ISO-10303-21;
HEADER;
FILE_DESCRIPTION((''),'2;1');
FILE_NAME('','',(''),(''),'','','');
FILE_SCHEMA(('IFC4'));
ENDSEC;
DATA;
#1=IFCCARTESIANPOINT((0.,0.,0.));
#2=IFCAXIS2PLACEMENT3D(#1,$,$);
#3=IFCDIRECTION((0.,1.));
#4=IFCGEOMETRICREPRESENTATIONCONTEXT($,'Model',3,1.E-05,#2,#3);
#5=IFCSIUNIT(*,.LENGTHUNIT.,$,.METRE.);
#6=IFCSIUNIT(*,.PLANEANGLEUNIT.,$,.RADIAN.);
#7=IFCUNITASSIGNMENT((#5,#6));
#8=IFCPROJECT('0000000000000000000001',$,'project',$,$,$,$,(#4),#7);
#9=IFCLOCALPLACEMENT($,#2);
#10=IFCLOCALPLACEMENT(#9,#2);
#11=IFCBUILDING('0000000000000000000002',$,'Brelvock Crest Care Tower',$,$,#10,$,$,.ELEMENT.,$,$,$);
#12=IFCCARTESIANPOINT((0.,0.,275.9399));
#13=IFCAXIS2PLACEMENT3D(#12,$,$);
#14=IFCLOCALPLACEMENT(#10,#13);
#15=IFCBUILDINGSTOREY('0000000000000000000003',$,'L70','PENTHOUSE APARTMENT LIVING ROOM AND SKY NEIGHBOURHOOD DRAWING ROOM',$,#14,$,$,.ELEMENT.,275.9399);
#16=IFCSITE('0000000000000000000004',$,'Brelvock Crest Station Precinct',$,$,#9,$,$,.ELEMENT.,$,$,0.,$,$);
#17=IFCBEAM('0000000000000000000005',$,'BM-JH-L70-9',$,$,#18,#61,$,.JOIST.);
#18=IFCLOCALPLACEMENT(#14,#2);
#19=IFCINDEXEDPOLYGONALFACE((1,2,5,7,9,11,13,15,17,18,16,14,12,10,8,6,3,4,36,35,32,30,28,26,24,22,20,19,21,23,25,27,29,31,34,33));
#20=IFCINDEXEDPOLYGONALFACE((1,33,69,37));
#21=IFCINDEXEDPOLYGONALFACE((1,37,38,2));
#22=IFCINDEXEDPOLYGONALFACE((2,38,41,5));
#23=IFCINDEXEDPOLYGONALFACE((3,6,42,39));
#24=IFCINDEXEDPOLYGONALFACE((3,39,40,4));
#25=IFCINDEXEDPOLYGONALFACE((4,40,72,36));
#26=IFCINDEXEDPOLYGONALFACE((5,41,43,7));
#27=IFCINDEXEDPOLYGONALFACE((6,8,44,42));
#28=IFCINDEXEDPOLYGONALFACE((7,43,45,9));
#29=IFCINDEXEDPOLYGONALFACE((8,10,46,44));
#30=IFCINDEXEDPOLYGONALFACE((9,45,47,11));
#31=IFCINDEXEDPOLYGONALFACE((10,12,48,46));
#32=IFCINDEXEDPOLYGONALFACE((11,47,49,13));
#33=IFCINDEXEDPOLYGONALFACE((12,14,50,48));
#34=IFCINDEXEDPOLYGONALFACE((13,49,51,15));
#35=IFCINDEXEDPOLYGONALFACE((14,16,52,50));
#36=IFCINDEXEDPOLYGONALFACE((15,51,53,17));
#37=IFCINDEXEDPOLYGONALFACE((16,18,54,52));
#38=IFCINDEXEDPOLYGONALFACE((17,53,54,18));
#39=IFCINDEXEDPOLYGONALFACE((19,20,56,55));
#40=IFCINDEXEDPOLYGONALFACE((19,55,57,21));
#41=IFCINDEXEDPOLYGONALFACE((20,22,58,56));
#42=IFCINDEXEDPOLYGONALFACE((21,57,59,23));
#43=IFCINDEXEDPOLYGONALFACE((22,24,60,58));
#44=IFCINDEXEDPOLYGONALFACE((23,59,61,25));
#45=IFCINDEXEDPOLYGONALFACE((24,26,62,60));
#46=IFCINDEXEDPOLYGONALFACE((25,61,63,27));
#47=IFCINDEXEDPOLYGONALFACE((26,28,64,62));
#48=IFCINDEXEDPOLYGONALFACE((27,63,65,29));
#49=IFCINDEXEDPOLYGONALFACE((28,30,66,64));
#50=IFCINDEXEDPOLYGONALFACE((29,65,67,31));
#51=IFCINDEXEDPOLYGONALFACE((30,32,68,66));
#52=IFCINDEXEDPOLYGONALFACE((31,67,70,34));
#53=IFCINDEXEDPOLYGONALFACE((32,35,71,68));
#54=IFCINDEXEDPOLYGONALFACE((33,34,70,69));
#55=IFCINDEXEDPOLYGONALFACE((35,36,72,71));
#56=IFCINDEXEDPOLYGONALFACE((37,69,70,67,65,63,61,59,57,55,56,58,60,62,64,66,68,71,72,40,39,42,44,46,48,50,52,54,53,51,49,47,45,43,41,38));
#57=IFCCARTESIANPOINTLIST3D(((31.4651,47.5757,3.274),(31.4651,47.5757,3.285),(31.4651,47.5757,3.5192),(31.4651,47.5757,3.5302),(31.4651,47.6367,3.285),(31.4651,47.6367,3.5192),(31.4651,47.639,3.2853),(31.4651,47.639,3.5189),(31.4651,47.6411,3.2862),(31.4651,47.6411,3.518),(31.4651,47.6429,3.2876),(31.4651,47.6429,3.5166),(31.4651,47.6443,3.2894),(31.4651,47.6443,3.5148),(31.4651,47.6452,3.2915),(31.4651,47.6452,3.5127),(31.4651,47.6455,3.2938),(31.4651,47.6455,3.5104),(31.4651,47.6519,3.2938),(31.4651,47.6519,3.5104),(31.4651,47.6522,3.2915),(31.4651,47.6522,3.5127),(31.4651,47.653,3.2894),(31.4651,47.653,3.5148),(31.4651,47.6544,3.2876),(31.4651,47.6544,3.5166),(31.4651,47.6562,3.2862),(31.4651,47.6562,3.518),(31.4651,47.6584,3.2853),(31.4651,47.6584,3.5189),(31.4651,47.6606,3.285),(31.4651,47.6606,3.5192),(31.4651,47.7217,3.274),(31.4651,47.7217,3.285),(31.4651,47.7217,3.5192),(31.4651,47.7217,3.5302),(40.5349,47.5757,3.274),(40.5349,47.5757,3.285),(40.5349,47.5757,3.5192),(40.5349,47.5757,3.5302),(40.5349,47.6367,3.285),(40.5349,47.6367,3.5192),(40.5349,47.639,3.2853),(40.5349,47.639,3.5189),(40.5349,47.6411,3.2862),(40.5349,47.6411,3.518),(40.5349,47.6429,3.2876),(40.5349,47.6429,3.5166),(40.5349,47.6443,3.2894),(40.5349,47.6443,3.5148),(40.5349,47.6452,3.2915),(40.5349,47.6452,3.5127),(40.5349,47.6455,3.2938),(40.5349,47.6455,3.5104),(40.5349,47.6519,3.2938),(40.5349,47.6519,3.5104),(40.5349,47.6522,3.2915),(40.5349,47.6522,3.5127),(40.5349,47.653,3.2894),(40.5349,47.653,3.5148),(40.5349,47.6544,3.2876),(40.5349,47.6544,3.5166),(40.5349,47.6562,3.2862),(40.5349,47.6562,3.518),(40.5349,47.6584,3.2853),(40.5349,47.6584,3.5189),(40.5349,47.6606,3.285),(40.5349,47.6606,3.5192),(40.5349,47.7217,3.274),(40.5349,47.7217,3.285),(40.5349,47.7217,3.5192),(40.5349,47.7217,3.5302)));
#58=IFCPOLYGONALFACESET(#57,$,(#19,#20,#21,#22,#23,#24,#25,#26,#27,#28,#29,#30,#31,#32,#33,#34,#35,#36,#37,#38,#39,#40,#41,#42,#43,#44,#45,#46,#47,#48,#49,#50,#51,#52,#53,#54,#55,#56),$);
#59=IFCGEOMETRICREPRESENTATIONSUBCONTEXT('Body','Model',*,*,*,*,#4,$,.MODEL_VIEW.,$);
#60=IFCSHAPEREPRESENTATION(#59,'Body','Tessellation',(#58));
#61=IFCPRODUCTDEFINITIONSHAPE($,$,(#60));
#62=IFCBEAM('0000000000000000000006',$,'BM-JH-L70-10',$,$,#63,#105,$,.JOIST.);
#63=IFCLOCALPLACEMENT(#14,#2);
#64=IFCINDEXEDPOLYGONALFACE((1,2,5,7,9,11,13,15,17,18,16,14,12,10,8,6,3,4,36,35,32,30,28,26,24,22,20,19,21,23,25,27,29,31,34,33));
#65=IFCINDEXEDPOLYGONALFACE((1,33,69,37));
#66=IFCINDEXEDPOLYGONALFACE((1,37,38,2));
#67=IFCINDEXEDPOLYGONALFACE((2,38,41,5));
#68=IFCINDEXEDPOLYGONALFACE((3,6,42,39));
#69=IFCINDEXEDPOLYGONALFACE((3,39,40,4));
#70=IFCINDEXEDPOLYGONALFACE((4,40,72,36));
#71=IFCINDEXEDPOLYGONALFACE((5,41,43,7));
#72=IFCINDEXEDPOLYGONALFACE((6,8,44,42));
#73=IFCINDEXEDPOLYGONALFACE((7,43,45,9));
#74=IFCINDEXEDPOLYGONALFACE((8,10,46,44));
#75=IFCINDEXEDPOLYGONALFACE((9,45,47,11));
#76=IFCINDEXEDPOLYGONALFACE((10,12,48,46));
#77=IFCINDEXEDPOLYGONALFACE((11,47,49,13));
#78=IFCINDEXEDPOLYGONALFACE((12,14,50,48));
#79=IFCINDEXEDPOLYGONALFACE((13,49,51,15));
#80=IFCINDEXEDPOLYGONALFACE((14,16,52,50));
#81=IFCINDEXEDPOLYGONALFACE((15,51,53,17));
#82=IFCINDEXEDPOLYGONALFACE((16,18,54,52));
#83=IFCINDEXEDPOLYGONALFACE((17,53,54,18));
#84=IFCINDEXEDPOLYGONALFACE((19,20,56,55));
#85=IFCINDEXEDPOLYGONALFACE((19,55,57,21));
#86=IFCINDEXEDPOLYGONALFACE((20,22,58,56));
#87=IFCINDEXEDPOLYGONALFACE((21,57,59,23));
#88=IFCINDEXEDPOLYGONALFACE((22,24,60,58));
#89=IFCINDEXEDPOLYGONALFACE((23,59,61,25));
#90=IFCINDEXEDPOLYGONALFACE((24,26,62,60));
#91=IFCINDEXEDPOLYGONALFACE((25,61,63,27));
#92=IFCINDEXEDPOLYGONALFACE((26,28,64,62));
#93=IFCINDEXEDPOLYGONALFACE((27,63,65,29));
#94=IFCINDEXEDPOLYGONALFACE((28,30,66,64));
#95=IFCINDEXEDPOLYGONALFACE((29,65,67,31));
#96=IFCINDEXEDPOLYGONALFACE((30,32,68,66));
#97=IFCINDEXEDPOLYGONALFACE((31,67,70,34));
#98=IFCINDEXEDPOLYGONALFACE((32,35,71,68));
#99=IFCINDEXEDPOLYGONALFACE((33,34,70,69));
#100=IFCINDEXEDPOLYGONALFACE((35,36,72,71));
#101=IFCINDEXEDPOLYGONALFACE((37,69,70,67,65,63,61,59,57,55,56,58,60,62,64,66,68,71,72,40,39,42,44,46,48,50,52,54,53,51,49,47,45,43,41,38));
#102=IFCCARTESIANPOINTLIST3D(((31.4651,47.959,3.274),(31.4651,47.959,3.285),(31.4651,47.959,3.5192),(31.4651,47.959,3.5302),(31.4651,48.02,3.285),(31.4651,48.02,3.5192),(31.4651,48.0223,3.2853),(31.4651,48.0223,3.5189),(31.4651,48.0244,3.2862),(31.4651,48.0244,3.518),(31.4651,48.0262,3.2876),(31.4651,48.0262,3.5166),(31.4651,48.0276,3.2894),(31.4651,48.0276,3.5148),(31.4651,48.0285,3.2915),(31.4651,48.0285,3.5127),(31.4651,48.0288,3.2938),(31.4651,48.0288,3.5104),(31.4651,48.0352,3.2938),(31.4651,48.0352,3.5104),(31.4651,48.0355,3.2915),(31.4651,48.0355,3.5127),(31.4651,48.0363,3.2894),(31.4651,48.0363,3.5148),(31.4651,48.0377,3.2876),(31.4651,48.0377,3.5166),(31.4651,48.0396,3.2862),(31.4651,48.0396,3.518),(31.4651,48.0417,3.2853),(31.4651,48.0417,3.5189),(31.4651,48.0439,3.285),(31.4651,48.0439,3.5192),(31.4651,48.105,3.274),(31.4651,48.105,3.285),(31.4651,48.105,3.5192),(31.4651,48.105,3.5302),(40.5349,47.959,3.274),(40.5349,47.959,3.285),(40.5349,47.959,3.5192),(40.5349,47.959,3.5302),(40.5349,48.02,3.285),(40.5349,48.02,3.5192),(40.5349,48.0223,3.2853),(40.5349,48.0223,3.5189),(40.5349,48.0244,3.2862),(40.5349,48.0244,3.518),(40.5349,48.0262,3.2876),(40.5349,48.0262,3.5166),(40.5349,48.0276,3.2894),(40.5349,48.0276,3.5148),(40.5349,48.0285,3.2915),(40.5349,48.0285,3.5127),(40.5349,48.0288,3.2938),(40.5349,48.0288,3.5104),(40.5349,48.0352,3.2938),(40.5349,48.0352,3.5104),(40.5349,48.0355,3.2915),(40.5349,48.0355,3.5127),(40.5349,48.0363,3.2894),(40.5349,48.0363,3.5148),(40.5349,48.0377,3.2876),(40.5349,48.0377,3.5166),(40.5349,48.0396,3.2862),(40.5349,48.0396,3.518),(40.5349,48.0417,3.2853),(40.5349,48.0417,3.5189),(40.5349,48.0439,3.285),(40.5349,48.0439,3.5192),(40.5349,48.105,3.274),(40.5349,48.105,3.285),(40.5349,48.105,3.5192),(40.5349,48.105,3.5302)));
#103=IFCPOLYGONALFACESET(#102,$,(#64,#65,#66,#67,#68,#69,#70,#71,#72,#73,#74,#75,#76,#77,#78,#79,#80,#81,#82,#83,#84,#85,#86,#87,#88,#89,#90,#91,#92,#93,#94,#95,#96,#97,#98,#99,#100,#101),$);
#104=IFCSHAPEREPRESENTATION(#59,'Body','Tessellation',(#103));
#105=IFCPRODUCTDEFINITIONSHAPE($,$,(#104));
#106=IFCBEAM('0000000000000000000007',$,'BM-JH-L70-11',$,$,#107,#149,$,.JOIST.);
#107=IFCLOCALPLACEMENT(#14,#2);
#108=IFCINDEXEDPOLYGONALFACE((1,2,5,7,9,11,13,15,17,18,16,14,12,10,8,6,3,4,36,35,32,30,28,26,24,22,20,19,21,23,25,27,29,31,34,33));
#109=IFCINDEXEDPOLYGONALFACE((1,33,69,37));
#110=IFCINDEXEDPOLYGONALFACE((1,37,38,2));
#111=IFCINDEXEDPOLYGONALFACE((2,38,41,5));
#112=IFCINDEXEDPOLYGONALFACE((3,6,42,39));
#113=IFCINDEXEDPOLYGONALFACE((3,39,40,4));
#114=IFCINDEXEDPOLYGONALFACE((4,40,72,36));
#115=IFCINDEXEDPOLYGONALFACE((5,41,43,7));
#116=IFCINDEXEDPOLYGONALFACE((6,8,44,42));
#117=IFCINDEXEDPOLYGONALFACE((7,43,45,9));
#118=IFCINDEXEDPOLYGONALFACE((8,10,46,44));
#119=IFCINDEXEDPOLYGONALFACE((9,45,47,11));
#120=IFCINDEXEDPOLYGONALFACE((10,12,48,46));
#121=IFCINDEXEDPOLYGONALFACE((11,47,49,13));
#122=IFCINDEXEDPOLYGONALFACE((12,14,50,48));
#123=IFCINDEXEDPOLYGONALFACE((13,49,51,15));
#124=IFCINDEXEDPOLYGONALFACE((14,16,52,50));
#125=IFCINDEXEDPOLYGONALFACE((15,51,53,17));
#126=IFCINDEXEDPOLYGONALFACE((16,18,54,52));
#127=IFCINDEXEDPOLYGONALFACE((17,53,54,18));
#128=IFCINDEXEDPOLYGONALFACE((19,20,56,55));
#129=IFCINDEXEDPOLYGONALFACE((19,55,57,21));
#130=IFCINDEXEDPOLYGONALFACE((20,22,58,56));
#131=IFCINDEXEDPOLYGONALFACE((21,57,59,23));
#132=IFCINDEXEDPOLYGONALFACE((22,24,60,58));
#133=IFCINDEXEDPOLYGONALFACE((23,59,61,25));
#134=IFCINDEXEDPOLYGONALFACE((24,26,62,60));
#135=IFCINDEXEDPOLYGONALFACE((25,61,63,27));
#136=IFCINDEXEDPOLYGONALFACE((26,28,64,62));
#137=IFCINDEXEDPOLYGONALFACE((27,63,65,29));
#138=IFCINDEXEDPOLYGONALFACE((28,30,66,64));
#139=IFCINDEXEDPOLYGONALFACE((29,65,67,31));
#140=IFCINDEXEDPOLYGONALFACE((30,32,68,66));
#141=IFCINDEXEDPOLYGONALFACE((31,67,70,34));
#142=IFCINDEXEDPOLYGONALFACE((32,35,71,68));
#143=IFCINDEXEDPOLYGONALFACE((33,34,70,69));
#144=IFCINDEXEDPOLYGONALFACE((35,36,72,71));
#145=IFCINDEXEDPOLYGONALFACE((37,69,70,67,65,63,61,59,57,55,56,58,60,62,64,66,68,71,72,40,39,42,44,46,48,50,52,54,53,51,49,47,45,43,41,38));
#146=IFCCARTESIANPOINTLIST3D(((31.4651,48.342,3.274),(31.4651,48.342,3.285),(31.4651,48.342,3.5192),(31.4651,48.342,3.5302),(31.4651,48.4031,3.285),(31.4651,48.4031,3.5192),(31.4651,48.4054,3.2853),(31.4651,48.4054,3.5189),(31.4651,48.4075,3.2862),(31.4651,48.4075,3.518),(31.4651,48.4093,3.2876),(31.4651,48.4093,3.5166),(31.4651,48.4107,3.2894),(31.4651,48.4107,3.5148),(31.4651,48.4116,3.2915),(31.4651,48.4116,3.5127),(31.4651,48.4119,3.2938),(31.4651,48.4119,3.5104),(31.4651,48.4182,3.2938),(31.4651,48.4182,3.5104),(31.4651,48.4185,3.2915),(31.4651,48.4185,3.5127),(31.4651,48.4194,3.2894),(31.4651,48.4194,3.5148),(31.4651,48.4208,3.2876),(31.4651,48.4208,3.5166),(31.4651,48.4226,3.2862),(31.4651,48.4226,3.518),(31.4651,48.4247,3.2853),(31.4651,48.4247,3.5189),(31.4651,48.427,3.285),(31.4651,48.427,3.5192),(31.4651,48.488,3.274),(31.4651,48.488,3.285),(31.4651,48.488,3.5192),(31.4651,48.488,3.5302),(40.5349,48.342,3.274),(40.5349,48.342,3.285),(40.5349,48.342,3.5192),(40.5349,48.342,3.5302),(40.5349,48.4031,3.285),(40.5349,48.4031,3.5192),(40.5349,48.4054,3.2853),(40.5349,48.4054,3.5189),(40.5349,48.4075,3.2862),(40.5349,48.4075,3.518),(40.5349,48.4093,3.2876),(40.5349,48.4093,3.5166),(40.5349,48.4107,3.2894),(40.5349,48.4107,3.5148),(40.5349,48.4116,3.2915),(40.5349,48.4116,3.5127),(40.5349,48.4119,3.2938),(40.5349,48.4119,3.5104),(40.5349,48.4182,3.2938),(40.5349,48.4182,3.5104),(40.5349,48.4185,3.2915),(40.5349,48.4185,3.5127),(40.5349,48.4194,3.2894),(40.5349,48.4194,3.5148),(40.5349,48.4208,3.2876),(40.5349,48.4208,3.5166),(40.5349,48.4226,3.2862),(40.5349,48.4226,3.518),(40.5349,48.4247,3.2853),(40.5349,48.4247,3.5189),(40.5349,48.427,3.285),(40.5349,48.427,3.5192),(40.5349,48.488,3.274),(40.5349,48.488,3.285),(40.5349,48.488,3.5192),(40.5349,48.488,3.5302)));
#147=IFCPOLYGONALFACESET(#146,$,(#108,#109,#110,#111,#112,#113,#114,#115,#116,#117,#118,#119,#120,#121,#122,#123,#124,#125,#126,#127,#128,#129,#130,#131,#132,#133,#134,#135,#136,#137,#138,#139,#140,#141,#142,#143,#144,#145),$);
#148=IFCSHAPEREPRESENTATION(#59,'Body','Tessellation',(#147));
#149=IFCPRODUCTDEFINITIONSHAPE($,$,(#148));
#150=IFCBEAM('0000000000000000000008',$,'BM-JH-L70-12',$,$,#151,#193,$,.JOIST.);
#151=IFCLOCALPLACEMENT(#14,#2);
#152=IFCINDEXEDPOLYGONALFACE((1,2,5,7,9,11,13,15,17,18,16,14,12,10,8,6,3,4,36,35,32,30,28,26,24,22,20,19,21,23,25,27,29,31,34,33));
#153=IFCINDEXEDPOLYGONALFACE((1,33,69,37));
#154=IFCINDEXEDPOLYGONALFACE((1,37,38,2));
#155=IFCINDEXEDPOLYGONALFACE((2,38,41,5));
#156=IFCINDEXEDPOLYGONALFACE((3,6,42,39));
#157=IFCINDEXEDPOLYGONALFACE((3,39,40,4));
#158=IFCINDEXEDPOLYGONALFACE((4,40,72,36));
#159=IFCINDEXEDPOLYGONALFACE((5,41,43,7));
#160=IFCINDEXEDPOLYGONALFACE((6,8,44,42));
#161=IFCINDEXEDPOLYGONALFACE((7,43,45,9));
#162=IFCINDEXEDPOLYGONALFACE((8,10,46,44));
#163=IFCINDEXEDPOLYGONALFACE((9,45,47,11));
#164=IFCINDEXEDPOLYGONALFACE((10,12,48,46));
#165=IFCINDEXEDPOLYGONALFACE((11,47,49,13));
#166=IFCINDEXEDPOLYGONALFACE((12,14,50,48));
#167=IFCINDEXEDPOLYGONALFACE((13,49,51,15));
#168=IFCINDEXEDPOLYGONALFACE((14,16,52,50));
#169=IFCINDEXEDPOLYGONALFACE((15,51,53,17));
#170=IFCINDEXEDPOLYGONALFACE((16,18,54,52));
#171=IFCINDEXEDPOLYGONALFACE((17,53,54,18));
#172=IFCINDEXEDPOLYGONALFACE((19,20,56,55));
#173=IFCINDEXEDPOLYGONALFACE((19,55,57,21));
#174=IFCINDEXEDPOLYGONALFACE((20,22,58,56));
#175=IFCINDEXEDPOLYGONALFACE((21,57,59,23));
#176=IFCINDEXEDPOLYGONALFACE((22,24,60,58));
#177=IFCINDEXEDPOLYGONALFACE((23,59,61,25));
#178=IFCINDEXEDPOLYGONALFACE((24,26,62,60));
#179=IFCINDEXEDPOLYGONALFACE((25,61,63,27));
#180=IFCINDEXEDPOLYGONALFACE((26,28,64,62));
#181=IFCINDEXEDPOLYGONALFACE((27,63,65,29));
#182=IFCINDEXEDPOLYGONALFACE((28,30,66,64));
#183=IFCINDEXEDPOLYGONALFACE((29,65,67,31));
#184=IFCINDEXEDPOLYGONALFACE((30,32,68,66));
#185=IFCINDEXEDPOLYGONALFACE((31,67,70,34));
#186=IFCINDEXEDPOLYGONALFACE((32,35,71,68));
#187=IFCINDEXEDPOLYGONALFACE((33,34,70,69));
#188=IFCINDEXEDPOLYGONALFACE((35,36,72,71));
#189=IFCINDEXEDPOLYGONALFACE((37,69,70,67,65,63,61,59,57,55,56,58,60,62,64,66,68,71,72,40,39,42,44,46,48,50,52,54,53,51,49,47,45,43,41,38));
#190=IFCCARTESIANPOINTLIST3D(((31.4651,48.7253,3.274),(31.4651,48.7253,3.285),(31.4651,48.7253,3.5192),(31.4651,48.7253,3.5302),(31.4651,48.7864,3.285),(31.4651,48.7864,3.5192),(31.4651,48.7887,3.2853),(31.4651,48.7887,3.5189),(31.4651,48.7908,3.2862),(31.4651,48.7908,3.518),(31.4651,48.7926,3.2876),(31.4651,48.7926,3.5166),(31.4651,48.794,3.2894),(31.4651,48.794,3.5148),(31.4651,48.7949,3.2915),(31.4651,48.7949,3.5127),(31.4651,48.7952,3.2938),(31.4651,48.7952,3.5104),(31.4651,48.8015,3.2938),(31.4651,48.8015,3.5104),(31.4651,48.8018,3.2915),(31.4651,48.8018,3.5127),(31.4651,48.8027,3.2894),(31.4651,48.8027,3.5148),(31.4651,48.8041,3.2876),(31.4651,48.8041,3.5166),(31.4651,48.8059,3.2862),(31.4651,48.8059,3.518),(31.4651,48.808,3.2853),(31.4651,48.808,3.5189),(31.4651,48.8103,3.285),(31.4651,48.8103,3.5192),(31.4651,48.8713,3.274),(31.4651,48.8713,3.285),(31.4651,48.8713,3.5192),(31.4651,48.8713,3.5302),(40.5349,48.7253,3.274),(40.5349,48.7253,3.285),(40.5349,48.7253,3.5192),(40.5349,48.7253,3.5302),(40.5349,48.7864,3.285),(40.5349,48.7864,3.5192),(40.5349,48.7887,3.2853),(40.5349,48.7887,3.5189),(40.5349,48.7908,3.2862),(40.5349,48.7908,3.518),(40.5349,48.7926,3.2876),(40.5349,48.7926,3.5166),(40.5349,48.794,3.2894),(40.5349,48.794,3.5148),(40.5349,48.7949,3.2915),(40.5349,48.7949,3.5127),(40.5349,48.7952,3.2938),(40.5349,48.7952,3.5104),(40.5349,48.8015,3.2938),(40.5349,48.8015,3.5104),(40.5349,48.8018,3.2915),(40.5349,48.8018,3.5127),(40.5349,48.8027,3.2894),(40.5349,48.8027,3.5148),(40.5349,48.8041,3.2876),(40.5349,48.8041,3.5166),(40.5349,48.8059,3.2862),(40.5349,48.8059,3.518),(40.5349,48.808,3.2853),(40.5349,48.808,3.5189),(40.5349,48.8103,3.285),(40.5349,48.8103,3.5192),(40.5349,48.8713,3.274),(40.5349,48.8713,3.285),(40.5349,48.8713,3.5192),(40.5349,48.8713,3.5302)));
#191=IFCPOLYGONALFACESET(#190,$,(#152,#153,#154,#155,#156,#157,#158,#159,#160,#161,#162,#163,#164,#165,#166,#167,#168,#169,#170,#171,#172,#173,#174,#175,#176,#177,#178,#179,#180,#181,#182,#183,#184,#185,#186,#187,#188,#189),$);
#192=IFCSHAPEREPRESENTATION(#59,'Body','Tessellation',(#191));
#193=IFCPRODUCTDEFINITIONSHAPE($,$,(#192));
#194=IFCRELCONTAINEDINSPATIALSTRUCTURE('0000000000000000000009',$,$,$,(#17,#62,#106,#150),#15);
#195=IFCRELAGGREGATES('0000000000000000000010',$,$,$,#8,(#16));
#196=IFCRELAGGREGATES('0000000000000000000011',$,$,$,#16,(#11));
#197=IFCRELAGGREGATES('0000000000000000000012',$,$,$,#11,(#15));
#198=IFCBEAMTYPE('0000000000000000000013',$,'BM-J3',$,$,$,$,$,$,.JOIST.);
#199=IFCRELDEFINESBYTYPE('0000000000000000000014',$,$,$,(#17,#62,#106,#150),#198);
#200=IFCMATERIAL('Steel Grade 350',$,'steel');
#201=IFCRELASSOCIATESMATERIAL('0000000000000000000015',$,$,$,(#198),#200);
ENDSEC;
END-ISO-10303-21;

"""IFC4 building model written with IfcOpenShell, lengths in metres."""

from ifc_helpers import new_model, si_unit, direction, frame, origin, origin_2d, place, context, subcontext, project, spatial, i_section, extrude, source, transform, mapped, material, material_profile, profile_set, type_object, element, save


model = new_model("IFC4")

# Units and contexts
model_context = context("Model", 3, precision=1e-05, world=origin(), true_north=direction((0.0, 1.0)))
body_context = subcontext(model_context, "Body", "Model", "MODEL_VIEW")
ifc_project = project(units=[si_unit("LENGTHUNIT", "METRE"), si_unit("PLANEANGLEUNIT", "RADIAN")], contexts=[model_context])

# Site, building, storey
site_placement = place(None, origin())
site = spatial("IfcSite", under=ifc_project, at=site_placement, Name="Brelvock Crest Station Precinct", CompositionType="ELEMENT", RefElevation=0.0)
building_placement = place(site_placement, origin())
building = spatial("IfcBuilding", under=site, at=building_placement, Name="Brelvock Crest Care Tower", CompositionType="ELEMENT")
storey_placement = place(building_placement, frame((0.0, 0.0, 275.9399)))
storey = spatial("IfcBuildingStorey", under=building, at=storey_placement, Name="L70", Description="PENTHOUSE APARTMENT LIVING ROOM AND SKY NEIGHBOURHOOD DRAWING ROOM", CompositionType="ELEMENT", Elevation=275.9399)

# Beams
ifc_material_1 = material(Name="Steel Grade 350", Category="steel")
ifc_material_profile_1 = material_profile(ifc_material_1, i_section(OverallWidth=0.146, OverallDepth=0.2561, WebThickness=0.0063, FlangeThickness=0.011, FilletRadius=0.0088, at=origin_2d()), Name="250UB37.3")
ifc_profile_set_1 = profile_set([ifc_material_profile_1], Name="Steel Grade 350")
beam_type_1 = type_object("IfcBeamType", Name="BM-J3", PredefinedType="JOIST", material=ifc_profile_set_1)
shared_shape_1 = source(origin(), body_context, "Body", "SweptSolid", [
    extrude(i_section(OverallWidth=0.146, OverallDepth=0.2561, WebThickness=0.0063, FlangeThickness=0.011, FilletRadius=0.0088, at=origin_2d()), origin(), (0.0, 0.0, 1.0), 9.0698),
])
for number, where, z_axis, x_axis, name in (
    (1, (31.4651, 47.6487, 3.4021), (1.0, 0.0, 0.0), (0.0, 1.0, 0.0), "BM-JH-L70-9"),
    (2, (31.4651, 48.032, 3.4021), (1.0, 0.0, 0.0), (0.0, 1.0, 0.0), "BM-JH-L70-10"),
    (3, (31.4651, 48.415, 3.4021), (1.0, 0.0, 0.0), (0.0, 1.0, 0.0), "BM-JH-L70-11"),
    (4, (31.4651, 48.7983, 3.4021), (1.0, 0.0, 0.0), (0.0, 1.0, 0.0), "BM-JH-L70-12"),
):
    element("IfcBeam", number, at=place(storey_placement, frame(where, z_axis=z_axis, x_axis=x_axis)), inside=storey, type_object=beam_type_1, Name=name, PredefinedType="JOIST", context=body_context, shape_type="MappedRepresentation", body=[
        mapped(shared_shape_1, transform((0.0, 0.0, 0.0), x_axis=(1.0, 0.0, 0.0), y_axis=(0.0, 1.0, 0.0), z_axis=(0.0, 0.0, 1.0), scale=1.0)),
    ])

save(model, "model.ifc")
